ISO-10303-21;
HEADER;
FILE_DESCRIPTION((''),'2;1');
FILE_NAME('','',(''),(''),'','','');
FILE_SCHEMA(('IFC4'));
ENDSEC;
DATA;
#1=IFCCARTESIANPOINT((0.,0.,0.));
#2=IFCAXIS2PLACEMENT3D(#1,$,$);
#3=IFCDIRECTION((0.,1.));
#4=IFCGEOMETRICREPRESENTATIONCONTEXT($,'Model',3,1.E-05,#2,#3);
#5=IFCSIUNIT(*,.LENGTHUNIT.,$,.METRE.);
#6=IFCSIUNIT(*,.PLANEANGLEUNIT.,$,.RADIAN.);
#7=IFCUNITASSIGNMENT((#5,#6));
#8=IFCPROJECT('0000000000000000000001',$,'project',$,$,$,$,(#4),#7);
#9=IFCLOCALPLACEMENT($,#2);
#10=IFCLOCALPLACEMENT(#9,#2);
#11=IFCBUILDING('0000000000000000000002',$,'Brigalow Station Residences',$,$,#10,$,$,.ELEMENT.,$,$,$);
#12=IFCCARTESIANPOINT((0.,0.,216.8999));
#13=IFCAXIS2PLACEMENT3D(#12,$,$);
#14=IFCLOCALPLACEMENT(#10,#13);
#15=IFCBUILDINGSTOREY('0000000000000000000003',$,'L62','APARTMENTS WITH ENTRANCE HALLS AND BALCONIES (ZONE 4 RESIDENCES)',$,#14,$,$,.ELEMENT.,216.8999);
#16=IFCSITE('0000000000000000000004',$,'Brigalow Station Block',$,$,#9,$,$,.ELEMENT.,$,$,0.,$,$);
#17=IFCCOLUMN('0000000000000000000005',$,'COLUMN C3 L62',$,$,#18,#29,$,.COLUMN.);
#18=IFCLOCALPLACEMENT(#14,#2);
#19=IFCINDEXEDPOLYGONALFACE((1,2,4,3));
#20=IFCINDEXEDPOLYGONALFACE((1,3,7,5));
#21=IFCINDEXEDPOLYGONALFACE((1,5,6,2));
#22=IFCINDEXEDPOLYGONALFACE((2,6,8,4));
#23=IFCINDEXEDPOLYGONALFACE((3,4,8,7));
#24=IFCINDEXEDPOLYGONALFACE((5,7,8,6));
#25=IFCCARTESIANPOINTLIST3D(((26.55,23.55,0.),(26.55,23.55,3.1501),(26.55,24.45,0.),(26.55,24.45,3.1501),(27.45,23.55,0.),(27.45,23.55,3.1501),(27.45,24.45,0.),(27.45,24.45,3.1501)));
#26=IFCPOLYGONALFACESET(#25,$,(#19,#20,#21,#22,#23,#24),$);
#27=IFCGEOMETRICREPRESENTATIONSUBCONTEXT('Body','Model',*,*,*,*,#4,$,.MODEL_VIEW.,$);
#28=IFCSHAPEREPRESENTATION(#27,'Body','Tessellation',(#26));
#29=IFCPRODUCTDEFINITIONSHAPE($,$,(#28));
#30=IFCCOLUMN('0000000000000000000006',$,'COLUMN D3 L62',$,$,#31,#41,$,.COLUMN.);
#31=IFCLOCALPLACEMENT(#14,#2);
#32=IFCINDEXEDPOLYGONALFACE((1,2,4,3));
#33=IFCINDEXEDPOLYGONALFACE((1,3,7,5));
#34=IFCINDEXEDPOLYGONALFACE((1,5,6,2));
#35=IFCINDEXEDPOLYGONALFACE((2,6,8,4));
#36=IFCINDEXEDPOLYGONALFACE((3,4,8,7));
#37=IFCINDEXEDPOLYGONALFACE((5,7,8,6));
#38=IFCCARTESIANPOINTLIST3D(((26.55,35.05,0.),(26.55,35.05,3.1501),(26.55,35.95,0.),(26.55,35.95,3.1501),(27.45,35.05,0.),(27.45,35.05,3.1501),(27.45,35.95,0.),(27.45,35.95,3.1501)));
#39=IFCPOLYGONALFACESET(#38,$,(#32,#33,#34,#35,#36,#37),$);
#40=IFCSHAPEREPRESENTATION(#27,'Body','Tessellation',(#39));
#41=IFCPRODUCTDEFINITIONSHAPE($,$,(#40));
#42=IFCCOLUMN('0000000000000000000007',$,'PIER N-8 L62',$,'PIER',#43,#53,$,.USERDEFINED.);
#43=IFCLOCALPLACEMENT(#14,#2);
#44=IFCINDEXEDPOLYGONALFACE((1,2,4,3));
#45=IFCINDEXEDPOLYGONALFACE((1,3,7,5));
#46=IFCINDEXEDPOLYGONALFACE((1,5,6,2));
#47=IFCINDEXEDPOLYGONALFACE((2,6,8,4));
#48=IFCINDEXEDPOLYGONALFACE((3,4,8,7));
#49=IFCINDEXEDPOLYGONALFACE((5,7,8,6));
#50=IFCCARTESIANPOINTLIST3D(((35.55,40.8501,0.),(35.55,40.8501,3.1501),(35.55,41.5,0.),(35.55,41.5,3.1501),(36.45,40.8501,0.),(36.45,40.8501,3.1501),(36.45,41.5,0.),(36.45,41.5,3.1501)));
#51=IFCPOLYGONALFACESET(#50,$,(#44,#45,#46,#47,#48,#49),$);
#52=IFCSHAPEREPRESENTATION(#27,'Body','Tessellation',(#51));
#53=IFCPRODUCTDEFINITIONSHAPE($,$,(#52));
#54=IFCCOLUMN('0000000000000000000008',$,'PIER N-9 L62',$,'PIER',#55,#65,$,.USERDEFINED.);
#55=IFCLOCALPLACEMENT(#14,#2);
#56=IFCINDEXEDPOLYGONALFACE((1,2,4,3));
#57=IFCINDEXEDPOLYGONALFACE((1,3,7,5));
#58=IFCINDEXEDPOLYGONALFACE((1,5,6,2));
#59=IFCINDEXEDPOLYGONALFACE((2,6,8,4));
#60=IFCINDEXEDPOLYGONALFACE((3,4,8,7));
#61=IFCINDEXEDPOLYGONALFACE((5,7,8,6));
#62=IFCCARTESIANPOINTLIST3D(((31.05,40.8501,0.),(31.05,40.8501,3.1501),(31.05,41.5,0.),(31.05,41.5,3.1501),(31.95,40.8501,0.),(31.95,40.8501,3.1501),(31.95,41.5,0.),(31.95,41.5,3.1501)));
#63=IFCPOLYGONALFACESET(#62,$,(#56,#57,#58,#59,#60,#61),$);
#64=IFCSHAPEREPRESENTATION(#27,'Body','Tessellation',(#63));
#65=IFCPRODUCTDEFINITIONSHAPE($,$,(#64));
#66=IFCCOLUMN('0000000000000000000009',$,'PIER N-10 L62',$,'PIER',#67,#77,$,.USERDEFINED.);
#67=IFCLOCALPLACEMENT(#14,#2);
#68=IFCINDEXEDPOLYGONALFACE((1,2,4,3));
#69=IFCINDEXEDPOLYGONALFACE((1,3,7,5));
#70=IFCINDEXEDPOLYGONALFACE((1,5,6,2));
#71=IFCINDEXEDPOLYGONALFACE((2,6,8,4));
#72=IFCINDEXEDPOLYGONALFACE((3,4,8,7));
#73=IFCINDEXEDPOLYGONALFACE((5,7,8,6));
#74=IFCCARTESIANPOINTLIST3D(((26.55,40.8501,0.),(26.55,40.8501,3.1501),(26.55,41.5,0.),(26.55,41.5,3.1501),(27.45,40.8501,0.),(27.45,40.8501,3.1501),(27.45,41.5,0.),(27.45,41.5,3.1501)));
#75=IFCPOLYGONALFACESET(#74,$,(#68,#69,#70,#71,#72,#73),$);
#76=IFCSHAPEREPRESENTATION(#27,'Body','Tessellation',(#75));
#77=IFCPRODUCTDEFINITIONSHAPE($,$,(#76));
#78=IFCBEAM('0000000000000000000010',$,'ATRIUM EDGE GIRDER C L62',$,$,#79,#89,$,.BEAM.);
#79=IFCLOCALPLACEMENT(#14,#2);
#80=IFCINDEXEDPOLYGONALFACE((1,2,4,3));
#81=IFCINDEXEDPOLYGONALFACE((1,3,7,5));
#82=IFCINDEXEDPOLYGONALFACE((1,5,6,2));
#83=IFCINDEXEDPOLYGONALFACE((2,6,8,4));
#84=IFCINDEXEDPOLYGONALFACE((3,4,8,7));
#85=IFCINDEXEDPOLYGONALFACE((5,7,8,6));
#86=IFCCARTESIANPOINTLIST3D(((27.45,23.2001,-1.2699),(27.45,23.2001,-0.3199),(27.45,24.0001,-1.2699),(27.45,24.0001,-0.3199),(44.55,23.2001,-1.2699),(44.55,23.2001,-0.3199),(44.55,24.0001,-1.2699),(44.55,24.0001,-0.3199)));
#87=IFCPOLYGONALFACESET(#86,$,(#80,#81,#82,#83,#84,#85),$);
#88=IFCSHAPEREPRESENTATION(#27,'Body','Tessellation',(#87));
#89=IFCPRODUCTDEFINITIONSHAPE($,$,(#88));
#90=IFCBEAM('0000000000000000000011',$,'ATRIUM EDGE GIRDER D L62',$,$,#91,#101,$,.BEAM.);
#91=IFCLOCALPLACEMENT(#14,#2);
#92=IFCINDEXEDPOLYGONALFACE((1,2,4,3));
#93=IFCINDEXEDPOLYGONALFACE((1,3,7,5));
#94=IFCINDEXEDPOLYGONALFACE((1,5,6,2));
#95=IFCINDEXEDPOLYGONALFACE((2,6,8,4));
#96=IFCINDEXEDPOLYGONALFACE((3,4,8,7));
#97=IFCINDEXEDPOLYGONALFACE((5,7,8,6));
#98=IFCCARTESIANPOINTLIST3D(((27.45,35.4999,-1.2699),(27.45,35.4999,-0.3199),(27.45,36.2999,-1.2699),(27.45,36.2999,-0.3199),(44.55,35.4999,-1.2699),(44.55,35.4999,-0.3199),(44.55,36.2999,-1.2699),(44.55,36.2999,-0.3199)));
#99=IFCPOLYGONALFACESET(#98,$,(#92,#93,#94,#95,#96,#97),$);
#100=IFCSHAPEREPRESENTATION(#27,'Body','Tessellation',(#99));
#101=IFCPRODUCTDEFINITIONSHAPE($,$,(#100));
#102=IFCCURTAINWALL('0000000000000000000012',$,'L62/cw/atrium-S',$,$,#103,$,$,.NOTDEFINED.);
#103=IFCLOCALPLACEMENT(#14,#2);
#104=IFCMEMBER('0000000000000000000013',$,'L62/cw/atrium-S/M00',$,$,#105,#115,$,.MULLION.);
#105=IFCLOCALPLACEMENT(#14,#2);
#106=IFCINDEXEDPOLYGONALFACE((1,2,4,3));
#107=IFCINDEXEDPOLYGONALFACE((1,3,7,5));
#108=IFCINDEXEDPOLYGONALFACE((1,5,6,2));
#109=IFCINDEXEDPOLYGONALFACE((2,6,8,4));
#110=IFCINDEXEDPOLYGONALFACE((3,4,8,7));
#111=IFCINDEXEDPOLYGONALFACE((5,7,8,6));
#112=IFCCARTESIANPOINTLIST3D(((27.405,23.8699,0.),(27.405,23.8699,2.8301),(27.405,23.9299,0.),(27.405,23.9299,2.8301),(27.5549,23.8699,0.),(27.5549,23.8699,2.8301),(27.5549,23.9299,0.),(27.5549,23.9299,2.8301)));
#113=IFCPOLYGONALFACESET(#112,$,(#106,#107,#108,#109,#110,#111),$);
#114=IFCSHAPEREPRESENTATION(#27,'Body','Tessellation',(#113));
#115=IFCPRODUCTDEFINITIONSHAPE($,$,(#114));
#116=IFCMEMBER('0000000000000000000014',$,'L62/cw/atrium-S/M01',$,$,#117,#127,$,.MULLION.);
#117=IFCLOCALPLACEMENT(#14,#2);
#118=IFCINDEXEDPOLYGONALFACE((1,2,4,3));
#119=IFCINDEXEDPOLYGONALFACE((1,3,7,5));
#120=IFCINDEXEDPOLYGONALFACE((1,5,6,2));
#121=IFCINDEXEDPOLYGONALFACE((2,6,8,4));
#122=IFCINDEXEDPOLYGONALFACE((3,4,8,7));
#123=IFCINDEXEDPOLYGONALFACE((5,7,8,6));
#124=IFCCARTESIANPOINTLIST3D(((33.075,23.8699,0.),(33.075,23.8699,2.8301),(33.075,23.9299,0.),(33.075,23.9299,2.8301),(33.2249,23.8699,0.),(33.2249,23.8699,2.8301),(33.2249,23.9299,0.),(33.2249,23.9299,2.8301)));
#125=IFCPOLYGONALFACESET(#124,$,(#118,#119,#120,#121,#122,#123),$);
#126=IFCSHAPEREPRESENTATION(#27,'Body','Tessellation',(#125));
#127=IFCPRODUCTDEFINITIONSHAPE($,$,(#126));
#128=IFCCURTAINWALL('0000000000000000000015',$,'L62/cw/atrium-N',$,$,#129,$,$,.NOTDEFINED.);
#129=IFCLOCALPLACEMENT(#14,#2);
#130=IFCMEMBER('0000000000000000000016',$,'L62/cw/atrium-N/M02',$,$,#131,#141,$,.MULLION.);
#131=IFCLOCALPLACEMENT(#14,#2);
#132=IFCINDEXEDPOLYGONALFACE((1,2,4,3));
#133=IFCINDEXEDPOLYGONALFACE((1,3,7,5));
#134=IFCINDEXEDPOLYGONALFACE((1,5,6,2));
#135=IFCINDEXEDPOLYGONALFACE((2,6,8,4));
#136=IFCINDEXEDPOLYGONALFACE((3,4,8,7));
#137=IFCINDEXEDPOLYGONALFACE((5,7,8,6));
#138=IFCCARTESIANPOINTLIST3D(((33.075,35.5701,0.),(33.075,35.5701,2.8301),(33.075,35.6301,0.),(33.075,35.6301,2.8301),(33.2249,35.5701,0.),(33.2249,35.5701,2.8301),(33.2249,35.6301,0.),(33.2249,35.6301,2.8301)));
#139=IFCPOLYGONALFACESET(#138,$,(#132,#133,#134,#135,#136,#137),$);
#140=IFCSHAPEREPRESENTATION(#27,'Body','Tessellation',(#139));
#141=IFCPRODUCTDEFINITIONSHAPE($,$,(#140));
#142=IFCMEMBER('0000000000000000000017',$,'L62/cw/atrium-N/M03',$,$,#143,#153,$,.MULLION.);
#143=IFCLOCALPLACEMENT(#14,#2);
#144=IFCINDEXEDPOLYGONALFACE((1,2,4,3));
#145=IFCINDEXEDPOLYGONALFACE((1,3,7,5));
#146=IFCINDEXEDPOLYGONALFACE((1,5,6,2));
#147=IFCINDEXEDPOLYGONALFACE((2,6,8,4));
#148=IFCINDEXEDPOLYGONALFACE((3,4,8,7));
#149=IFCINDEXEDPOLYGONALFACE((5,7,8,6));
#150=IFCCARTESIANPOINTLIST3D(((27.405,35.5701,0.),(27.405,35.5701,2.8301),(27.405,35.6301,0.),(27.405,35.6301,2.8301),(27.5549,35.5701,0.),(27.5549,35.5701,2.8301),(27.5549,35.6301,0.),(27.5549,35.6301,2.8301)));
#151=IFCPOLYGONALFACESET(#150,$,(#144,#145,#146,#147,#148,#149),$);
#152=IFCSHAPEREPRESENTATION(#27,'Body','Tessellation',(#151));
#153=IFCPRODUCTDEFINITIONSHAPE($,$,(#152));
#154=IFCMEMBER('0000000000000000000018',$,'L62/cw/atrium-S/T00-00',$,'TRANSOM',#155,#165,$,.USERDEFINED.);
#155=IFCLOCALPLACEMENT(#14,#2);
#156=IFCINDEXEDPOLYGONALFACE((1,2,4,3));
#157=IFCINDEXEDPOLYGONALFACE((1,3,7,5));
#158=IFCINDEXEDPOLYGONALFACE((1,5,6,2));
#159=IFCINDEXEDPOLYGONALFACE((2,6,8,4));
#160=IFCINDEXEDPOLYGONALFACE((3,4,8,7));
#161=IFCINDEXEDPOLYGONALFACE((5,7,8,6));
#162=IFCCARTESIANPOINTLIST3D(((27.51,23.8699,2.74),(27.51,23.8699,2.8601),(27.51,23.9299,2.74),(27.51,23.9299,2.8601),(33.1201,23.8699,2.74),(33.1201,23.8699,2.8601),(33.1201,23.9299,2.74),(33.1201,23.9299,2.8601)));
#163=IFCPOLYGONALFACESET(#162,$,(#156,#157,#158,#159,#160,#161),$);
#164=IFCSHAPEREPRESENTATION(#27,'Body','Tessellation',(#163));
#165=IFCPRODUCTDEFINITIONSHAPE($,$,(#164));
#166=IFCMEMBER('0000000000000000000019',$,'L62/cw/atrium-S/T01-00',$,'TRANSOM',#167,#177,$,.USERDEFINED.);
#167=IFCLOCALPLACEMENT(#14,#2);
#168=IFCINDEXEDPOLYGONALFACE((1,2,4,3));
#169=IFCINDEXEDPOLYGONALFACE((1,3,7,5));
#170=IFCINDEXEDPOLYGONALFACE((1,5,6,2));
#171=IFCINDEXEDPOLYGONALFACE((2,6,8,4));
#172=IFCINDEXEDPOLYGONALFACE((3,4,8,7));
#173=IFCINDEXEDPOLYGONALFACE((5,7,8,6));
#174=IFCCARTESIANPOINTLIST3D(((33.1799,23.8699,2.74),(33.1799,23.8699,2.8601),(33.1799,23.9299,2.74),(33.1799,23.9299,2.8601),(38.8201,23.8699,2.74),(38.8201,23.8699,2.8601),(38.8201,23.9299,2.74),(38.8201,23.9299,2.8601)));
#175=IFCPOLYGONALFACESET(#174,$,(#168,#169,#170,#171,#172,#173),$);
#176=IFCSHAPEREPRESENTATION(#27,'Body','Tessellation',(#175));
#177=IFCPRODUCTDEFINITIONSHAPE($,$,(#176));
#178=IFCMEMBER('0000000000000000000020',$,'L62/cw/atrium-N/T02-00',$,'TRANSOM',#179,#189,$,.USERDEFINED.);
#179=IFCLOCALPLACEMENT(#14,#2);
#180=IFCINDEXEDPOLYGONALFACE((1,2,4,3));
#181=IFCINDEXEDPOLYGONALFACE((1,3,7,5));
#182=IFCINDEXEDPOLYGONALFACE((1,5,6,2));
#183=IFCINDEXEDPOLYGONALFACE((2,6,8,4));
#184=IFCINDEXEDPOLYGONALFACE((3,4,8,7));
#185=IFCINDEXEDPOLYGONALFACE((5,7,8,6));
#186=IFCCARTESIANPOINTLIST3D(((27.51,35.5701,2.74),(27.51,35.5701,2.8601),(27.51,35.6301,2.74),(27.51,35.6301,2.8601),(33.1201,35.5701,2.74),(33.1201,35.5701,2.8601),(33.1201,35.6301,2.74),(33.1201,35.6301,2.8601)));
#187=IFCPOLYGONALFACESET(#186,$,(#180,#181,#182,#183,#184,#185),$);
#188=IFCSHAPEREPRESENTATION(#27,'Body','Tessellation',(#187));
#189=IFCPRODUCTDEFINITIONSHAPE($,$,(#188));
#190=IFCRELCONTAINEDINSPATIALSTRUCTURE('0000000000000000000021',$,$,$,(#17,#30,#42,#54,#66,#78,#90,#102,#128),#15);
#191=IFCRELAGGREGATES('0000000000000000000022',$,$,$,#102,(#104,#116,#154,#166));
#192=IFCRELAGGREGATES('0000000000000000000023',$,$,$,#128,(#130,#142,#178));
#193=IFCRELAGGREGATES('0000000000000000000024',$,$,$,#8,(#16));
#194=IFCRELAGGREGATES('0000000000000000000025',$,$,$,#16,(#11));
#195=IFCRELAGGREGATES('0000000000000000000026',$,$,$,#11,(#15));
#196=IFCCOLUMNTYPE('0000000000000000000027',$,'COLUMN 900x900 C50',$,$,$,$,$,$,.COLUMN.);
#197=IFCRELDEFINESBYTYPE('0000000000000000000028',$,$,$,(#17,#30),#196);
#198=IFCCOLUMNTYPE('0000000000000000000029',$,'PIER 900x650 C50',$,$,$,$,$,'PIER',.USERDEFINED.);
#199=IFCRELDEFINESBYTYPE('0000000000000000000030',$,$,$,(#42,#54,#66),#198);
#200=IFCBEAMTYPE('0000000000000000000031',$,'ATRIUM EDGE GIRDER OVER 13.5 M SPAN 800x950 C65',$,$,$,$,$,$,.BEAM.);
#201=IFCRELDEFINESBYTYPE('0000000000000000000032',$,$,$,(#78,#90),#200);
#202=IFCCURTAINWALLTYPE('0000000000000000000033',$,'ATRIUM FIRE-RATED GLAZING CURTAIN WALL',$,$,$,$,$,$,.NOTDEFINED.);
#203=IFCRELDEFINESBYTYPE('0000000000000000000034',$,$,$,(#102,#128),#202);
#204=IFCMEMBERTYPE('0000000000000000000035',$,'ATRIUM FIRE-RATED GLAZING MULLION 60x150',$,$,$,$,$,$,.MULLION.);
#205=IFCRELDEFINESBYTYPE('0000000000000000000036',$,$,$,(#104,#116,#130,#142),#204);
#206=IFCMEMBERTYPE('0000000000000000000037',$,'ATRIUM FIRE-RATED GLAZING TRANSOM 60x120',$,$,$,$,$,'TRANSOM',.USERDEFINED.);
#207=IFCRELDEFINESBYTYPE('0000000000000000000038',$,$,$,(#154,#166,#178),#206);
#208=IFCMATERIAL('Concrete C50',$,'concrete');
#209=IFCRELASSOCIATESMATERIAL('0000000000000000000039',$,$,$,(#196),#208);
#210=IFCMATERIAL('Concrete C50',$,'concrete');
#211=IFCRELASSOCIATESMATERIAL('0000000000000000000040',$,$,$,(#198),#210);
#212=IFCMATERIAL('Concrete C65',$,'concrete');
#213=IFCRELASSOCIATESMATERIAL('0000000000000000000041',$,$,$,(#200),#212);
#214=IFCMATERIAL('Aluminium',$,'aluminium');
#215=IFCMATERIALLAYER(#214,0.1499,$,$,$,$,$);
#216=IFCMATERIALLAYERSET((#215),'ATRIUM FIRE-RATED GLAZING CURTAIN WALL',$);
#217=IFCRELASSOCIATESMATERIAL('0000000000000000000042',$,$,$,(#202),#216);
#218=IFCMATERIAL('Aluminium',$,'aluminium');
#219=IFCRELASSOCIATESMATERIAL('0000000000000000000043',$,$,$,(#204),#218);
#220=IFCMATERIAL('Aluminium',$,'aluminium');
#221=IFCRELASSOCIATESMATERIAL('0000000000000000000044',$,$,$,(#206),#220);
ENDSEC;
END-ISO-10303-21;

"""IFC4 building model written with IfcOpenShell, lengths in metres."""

from ifc_helpers import new_model, si_unit, direction, frame, origin, origin_2d, place, context, subcontext, project, spatial, rectangle, extrude, material, layer, layer_set, material_profile, profile_set, type_object, element, aggregate, save


model = new_model("IFC4")

# Units and contexts
model_context = context("Model", 3, precision=1e-05, world=origin(), true_north=direction((0.0, 1.0)))
body_context = subcontext(model_context, "Body", "Model", "MODEL_VIEW")
ifc_project = project(units=[si_unit("LENGTHUNIT", "METRE"), si_unit("PLANEANGLEUNIT", "RADIAN")], contexts=[model_context])

# Site, building, storey
site_placement = place(None, origin())
site = spatial("IfcSite", under=ifc_project, at=site_placement, Name="Brigalow Station Block", CompositionType="ELEMENT", RefElevation=0.0)
building_placement = place(site_placement, origin())
building = spatial("IfcBuilding", under=site, at=building_placement, Name="Brigalow Station Residences", CompositionType="ELEMENT")
storey_placement = place(building_placement, frame((0.0, 0.0, 216.8999)))
storey = spatial("IfcBuildingStorey", under=building, at=storey_placement, Name="L62", Description="APARTMENTS WITH ENTRANCE HALLS AND BALCONIES (ZONE 4 RESIDENCES)", CompositionType="ELEMENT", Elevation=216.8999)

# Columns
ifc_material_1 = material(Name="Concrete C50", Category="concrete")
ifc_material_profile_1 = material_profile(ifc_material_1, rectangle(XDim=0.8999, YDim=0.8999, at=origin_2d()), Name="RC900x900")
ifc_profile_set_1 = profile_set([ifc_material_profile_1], Name="Concrete C50")
column_type_1 = type_object("IfcColumnType", Name="COLUMN 900x900 C50", PredefinedType="COLUMN", material=ifc_profile_set_1)
for number, where, z_axis, x_axis, name in (
    (1, (27.0, 24.0, 0.0), (0.0, 0.0, 1.0), (1.0, 0.0, 0.0), "COLUMN C3 L62"),
    (2, (27.0, 35.5, 0.0), (0.0, 0.0, 1.0), (1.0, 0.0, 0.0), "COLUMN D3 L62"),
):
    element("IfcColumn", number, at=place(storey_placement, frame(where, z_axis=z_axis, x_axis=x_axis)), inside=storey, type_object=column_type_1, Name=name, PredefinedType="COLUMN", context=body_context, shape_type="SweptSolid", body=[
        extrude(rectangle(XDim=0.8999, YDim=0.8999, at=origin_2d()), origin(), (0.0, 0.0, 1.0), 3.1501),
    ])
ifc_material_2 = material(Name="Concrete C50", Category="concrete")
ifc_material_profile_2 = material_profile(ifc_material_2, rectangle(XDim=0.8999, YDim=0.6499, at=origin_2d()), Name="RC900x650")
ifc_profile_set_2 = profile_set([ifc_material_profile_2], Name="Concrete C50")
column_type_2 = type_object("IfcColumnType", Name="PIER 900x650 C50", ElementType="PIER", PredefinedType="USERDEFINED", material=ifc_profile_set_2)
for number, where, z_axis, x_axis, name in (
    (3, (36.0, 41.175, 0.0), (0.0, 0.0, 1.0), (-1.0, 0.0, 0.0), "PIER N-8 L62"),
    (4, (31.5, 41.175, 0.0), (0.0, 0.0, 1.0), (-1.0, 0.0, 0.0), "PIER N-9 L62"),
    (5, (27.0, 41.175, 0.0), (0.0, 0.0, 1.0), (-1.0, 0.0, 0.0), "PIER N-10 L62"),
):
    element("IfcColumn", number, at=place(storey_placement, frame(where, z_axis=z_axis, x_axis=x_axis)), inside=storey, type_object=column_type_2, Name=name, ObjectType="PIER", PredefinedType="USERDEFINED", context=body_context, shape_type="SweptSolid", body=[
        extrude(rectangle(XDim=0.8999, YDim=0.6499, at=origin_2d()), origin(), (0.0, 0.0, 1.0), 3.1501),
    ])

# Beams
ifc_material_3 = material(Name="Concrete C65", Category="concrete")
ifc_material_profile_3 = material_profile(ifc_material_3, rectangle(XDim=0.8, YDim=0.95, at=origin_2d()), Name="RC800x950")
ifc_profile_set_3 = profile_set([ifc_material_profile_3], Name="Concrete C65")
beam_type = type_object("IfcBeamType", Name="ATRIUM EDGE GIRDER OVER 13.5 M SPAN 800x950 C65", PredefinedType="BEAM", material=ifc_profile_set_3)
for number, where, z_axis, x_axis, name in (
    (6, (27.45, 23.6001, -0.7949), (1.0, 0.0, 0.0), (0.0, 1.0, 0.0), "ATRIUM EDGE GIRDER C L62"),
    (7, (27.45, 35.8999, -0.7949), (1.0, 0.0, 0.0), (0.0, 1.0, 0.0), "ATRIUM EDGE GIRDER D L62"),
):
    element("IfcBeam", number, at=place(storey_placement, frame(where, z_axis=z_axis, x_axis=x_axis)), inside=storey, type_object=beam_type, Name=name, PredefinedType="BEAM", context=body_context, shape_type="SweptSolid", body=[
        extrude(rectangle(XDim=0.8, YDim=0.95, at=origin_2d()), origin(), (0.0, 0.0, 1.0), 17.1001),
    ])

# Curtain walls, members
ifc_material_4 = material(Name="Aluminium", Category="aluminium")
ifc_layer_1 = layer(ifc_material_4, 0.1499)
ifc_layer_set_1 = layer_set([ifc_layer_1], Name="ATRIUM FIRE-RATED GLAZING CURTAIN WALL")
curtain_wall_type = type_object("IfcCurtainWallType", Name="ATRIUM FIRE-RATED GLAZING CURTAIN WALL", PredefinedType="NOTDEFINED", material=ifc_layer_set_1)
curtain_wall_1_placement = place(storey_placement, origin())
curtain_wall_1 = element("IfcCurtainWall", 8, at=curtain_wall_1_placement, inside=storey, type_object=curtain_wall_type, Name="L62/cw/atrium-S", PredefinedType="NOTDEFINED")
ifc_material_5 = material(Name="Aluminium", Category="aluminium")
ifc_material_profile_4 = material_profile(ifc_material_5, rectangle(XDim=0.0601, YDim=0.1499, at=origin_2d()), Name="ATRIUM FIRE-RATED GLAZING MULLION 60x150")
ifc_profile_set_4 = profile_set([ifc_material_profile_4], Name="Aluminium")
member_type_1 = type_object("IfcMemberType", Name="ATRIUM FIRE-RATED GLAZING MULLION 60x150", PredefinedType="MULLION", material=ifc_profile_set_4)
member_1_placement = place(storey_placement, frame((27.48, 23.8999, 0.0), z_axis=(0.0, 0.0, 1.0), x_axis=(0.0, 1.0, 0.0)))
member_1 = element("IfcMember", 9, at=member_1_placement, type_object=member_type_1, Name="L62/cw/atrium-S/M00", PredefinedType="MULLION", context=body_context, shape_type="SweptSolid", body=[
    extrude(rectangle(XDim=0.0601, YDim=0.1499, at=origin_2d()), origin(), (0.0, 0.0, 1.0), 2.8301),
])
member_2_placement = place(storey_placement, frame((33.1499, 23.8999, 0.0), z_axis=(0.0, 0.0, 1.0), x_axis=(0.0, 1.0, 0.0)))
member_2 = element("IfcMember", 10, at=member_2_placement, type_object=member_type_1, Name="L62/cw/atrium-S/M01", PredefinedType="MULLION", context=body_context, shape_type="SweptSolid", body=[
    extrude(rectangle(XDim=0.0601, YDim=0.1499, at=origin_2d()), origin(), (0.0, 0.0, 1.0), 2.8301),
])
curtain_wall_2_placement = place(storey_placement, origin())
curtain_wall_2 = element("IfcCurtainWall", 11, at=curtain_wall_2_placement, inside=storey, type_object=curtain_wall_type, Name="L62/cw/atrium-N", PredefinedType="NOTDEFINED")
member_3_placement = place(storey_placement, frame((33.1499, 35.6001, 0.0), z_axis=(0.0, 0.0, 1.0), x_axis=(0.0, -1.0, 0.0)))
member_3 = element("IfcMember", 12, at=member_3_placement, type_object=member_type_1, Name="L62/cw/atrium-N/M02", PredefinedType="MULLION", context=body_context, shape_type="SweptSolid", body=[
    extrude(rectangle(XDim=0.0601, YDim=0.1499, at=origin_2d()), origin(), (0.0, 0.0, 1.0), 2.8301),
])
member_4_placement = place(storey_placement, frame((27.48, 35.6001, 0.0), z_axis=(0.0, 0.0, 1.0), x_axis=(0.0, -1.0, 0.0)))
member_4 = element("IfcMember", 13, at=member_4_placement, type_object=member_type_1, Name="L62/cw/atrium-N/M03", PredefinedType="MULLION", context=body_context, shape_type="SweptSolid", body=[
    extrude(rectangle(XDim=0.0601, YDim=0.1499, at=origin_2d()), origin(), (0.0, 0.0, 1.0), 2.8301),
])

# Members
ifc_material_6 = material(Name="Aluminium", Category="aluminium")
ifc_material_profile_5 = material_profile(ifc_material_6, rectangle(XDim=0.0601, YDim=0.1201, at=origin_2d()), Name="ATRIUM FIRE-RATED GLAZING TRANSOM 60x120")
ifc_profile_set_5 = profile_set([ifc_material_profile_5], Name="Aluminium")
member_type_2 = type_object("IfcMemberType", Name="ATRIUM FIRE-RATED GLAZING TRANSOM 60x120", ElementType="TRANSOM", PredefinedType="USERDEFINED", material=ifc_profile_set_5)
member_5_placement = place(storey_placement, frame((27.51, 23.8999, 2.8), z_axis=(1.0, 0.0, 0.0), x_axis=(0.0, 1.0, 0.0)))
member_5 = element("IfcMember", 14, at=member_5_placement, type_object=member_type_2, Name="L62/cw/atrium-S/T00-00", ObjectType="TRANSOM", PredefinedType="USERDEFINED", context=body_context, shape_type="SweptSolid", body=[
    extrude(rectangle(XDim=0.0601, YDim=0.1201, at=origin_2d()), origin(), (0.0, 0.0, 1.0), 5.6101),
])
member_6_placement = place(storey_placement, frame((33.1799, 23.8999, 2.8), z_axis=(1.0, 0.0, 0.0), x_axis=(0.0, 1.0, 0.0)))
member_6 = element("IfcMember", 15, at=member_6_placement, type_object=member_type_2, Name="L62/cw/atrium-S/T01-00", ObjectType="TRANSOM", PredefinedType="USERDEFINED", context=body_context, shape_type="SweptSolid", body=[
    extrude(rectangle(XDim=0.0601, YDim=0.1201, at=origin_2d()), origin(), (0.0, 0.0, 1.0), 5.6401),
])
member_7_placement = place(storey_placement, frame((33.1201, 35.6001, 2.8), z_axis=(-1.0, 0.0, 0.0), x_axis=(0.0, -1.0, 0.0)))
member_7 = element("IfcMember", 16, at=member_7_placement, type_object=member_type_2, Name="L62/cw/atrium-N/T02-00", ObjectType="TRANSOM", PredefinedType="USERDEFINED", context=body_context, shape_type="SweptSolid", body=[
    extrude(rectangle(XDim=0.0601, YDim=0.1201, at=origin_2d()), origin(), (0.0, 0.0, 1.0), 5.6101),
])

aggregate(curtain_wall_1, [member_1, member_2, member_5, member_6])
aggregate(curtain_wall_2, [member_3, member_4, member_7])

save(model, "model.ifc")
